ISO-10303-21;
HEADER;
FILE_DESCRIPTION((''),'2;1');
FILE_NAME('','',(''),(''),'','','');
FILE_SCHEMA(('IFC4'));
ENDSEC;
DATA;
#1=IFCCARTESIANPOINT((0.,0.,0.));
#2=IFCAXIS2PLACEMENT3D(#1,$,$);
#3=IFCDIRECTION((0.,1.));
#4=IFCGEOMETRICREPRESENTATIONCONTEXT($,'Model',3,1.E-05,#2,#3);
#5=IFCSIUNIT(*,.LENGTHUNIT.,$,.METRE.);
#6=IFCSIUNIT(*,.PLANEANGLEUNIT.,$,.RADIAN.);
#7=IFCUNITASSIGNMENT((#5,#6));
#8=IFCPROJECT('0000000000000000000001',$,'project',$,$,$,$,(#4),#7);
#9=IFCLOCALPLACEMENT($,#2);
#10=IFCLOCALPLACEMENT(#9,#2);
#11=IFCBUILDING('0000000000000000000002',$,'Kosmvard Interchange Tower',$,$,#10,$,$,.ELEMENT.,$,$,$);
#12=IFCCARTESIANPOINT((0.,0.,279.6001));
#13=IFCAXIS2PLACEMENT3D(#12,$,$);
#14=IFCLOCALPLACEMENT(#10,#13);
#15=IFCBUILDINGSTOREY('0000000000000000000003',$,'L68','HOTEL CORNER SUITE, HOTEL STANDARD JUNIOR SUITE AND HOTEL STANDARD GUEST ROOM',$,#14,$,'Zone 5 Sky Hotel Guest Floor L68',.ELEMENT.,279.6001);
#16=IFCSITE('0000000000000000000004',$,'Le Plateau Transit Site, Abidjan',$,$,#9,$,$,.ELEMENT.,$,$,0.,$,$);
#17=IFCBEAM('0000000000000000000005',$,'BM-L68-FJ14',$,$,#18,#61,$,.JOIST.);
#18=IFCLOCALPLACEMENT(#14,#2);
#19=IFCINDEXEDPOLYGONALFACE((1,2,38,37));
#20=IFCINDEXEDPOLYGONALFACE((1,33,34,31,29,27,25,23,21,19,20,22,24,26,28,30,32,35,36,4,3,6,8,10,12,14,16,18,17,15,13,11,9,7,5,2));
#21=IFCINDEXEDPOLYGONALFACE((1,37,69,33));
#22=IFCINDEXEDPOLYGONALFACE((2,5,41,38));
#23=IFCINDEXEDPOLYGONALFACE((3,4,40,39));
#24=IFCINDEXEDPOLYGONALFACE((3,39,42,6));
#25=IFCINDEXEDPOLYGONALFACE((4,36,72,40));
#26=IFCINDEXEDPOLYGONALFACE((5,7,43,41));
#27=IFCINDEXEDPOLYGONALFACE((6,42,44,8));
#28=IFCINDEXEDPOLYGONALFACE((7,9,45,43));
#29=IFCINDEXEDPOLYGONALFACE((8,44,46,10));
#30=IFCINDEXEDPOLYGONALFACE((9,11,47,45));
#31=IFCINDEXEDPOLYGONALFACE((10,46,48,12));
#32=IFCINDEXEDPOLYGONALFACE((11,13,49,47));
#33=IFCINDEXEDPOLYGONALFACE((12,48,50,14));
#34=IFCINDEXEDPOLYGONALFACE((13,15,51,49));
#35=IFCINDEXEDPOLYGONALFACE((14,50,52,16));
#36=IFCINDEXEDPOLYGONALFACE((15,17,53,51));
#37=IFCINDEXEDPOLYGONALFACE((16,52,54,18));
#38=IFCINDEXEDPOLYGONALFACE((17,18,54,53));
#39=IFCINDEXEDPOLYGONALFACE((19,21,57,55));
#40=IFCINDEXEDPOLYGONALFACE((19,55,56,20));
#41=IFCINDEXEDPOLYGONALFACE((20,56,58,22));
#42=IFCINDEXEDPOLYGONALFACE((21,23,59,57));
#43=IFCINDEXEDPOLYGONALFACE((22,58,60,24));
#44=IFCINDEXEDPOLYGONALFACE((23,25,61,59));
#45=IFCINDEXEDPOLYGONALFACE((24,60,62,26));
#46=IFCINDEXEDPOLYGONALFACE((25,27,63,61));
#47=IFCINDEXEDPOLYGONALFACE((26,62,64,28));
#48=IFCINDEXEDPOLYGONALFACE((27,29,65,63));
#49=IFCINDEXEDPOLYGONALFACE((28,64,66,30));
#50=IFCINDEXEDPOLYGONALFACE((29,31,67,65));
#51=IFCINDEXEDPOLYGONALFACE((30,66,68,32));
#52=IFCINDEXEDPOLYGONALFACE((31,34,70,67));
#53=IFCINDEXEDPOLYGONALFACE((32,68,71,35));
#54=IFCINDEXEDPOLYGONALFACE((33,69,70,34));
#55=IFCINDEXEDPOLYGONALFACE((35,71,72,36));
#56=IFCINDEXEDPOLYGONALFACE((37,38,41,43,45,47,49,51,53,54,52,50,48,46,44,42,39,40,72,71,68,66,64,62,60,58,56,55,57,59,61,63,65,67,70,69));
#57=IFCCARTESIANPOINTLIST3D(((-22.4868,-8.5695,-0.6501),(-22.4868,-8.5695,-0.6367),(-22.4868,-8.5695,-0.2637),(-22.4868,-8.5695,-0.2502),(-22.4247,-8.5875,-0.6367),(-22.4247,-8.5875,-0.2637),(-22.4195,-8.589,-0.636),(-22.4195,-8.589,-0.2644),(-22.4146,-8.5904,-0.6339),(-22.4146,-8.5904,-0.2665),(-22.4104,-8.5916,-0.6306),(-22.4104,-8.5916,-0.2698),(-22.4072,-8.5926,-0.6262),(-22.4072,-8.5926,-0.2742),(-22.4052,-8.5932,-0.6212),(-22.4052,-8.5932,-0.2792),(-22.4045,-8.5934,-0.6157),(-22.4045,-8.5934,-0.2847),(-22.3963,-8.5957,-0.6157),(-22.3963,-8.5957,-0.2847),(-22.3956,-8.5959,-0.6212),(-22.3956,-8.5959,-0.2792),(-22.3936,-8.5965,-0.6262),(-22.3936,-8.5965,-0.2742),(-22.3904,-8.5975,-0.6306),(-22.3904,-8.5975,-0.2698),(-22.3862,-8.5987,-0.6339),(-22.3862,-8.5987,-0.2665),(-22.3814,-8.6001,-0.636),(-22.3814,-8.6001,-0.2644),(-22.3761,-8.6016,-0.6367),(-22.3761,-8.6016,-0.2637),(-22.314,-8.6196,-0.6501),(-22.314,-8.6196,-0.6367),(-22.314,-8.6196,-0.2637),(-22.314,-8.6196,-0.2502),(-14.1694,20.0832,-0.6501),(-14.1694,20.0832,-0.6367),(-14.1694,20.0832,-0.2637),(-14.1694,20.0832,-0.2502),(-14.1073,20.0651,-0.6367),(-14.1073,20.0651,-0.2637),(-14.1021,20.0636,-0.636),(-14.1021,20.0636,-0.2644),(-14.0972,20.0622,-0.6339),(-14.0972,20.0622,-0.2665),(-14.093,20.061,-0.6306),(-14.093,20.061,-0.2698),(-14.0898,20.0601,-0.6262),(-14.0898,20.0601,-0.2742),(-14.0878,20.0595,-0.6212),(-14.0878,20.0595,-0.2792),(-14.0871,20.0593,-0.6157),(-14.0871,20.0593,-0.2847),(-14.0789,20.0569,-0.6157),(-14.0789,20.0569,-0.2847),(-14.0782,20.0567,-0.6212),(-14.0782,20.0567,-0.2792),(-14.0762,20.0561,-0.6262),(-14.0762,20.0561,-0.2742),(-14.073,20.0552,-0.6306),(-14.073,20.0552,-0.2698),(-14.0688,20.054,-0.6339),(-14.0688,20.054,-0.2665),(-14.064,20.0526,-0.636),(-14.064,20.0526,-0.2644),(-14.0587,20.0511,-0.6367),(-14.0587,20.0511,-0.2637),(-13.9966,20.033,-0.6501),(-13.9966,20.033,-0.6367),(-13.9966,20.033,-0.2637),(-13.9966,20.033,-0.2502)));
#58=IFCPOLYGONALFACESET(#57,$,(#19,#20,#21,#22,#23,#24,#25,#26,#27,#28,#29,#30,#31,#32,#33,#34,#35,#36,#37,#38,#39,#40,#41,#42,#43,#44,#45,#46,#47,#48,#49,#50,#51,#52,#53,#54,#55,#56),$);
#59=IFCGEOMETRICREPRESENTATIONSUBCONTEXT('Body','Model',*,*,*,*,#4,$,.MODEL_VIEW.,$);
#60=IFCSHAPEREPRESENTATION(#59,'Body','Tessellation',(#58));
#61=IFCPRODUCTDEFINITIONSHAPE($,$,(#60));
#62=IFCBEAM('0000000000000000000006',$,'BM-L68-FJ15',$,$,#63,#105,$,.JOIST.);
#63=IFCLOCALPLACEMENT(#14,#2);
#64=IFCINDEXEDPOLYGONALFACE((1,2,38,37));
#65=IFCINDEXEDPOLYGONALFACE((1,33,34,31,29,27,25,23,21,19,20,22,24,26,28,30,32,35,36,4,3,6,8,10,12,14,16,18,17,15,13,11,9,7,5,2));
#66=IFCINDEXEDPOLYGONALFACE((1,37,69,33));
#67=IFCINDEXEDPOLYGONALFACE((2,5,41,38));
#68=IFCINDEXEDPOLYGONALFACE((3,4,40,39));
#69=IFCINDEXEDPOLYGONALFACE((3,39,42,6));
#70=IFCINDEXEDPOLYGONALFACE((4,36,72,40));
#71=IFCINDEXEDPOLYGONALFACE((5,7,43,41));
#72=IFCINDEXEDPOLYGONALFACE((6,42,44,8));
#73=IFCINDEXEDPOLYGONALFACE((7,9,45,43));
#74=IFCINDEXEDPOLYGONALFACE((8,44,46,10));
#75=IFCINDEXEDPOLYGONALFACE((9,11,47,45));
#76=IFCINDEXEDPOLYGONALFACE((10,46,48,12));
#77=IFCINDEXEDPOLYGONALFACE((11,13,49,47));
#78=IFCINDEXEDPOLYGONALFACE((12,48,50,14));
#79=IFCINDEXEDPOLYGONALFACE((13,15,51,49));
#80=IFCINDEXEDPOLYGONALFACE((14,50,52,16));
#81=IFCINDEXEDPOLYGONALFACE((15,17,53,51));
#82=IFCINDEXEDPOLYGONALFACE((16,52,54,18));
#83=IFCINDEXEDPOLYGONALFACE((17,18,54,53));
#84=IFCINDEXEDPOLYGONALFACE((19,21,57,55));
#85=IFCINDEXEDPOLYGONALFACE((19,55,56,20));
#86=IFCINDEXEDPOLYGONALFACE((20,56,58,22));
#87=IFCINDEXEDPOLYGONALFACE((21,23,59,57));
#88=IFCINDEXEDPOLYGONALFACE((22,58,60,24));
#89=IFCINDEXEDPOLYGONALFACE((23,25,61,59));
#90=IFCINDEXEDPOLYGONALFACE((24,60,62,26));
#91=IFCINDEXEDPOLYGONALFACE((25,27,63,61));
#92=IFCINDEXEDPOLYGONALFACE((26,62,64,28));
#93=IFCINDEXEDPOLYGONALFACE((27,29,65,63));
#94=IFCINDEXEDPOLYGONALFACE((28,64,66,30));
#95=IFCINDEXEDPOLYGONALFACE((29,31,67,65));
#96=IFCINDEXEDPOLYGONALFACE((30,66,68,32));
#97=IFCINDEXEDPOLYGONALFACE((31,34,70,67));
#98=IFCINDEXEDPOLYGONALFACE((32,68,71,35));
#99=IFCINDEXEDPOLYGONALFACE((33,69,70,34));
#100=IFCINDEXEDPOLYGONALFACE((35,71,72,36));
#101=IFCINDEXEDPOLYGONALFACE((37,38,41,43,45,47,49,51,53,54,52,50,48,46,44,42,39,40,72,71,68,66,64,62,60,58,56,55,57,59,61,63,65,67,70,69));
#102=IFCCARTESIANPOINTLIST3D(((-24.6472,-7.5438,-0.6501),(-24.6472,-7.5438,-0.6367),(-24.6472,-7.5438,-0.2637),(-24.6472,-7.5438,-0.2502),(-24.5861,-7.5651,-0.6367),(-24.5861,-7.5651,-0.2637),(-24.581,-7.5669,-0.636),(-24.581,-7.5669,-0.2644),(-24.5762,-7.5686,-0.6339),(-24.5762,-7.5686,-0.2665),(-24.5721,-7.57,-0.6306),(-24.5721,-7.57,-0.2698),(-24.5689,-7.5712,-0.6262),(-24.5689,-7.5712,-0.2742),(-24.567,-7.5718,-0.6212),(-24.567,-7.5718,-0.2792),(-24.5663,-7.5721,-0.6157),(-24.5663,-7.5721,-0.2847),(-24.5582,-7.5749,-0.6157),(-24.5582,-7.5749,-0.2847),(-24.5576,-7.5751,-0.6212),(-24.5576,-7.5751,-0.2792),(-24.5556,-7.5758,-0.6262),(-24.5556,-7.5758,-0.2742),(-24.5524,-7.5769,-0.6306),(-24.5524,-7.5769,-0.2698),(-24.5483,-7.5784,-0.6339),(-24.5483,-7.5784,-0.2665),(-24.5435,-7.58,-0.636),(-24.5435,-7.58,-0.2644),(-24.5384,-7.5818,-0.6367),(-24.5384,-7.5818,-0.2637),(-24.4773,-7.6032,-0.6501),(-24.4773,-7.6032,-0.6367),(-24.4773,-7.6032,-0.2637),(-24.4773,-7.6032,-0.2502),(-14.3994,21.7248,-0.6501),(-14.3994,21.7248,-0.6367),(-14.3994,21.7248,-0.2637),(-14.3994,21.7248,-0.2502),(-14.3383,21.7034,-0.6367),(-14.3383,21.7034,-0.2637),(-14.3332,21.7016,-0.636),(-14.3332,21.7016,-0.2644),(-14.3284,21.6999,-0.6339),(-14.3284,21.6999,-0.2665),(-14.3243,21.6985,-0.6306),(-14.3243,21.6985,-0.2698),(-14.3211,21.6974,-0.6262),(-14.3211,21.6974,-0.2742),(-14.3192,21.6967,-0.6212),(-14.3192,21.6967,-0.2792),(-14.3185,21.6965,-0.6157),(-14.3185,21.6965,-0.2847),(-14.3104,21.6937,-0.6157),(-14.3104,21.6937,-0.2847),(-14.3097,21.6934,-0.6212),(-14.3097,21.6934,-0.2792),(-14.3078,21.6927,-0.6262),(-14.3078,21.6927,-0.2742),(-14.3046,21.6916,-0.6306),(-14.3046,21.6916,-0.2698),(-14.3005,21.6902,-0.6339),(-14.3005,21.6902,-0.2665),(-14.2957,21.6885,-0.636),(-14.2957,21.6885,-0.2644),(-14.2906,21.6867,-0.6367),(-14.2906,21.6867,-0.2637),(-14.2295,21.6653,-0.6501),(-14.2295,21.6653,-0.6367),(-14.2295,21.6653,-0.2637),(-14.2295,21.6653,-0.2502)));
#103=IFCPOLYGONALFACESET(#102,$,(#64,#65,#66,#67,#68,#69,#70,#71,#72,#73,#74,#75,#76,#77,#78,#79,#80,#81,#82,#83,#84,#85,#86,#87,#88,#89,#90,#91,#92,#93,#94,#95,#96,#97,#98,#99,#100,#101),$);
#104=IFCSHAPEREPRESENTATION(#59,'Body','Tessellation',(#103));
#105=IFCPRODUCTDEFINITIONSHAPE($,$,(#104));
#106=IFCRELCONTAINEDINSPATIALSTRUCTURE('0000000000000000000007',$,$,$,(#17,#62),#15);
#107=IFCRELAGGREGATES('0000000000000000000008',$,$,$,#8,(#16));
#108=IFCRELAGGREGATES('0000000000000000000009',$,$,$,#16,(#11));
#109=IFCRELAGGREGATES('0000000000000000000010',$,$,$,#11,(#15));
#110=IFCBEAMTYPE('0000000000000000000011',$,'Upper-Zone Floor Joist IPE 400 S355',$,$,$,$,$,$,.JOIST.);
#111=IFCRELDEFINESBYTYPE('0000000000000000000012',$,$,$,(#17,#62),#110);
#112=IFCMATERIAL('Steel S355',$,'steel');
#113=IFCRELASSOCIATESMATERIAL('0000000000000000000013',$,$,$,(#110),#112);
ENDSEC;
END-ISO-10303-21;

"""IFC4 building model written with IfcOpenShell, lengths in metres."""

from ifc_helpers import new_model, si_unit, direction, frame, origin, origin_2d, place, context, subcontext, project, spatial, i_section, extrude, source, transform, mapped, material, material_profile, profile_set, type_object, element, save


model = new_model("IFC4")

# Units and contexts
model_context = context("Model", 3, precision=1e-05, world=origin(), true_north=direction((0.0, 1.0)))
body_context = subcontext(model_context, "Body", "Model", "MODEL_VIEW")
ifc_project = project(units=[si_unit("LENGTHUNIT", "METRE"), si_unit("PLANEANGLEUNIT", "RADIAN")], contexts=[model_context])

# Site, building, storey
site_placement = place(None, origin())
site = spatial("IfcSite", under=ifc_project, at=site_placement, Name="Le Plateau Transit Site, Abidjan", CompositionType="ELEMENT", RefElevation=0.0)
building_placement = place(site_placement, origin())
building = spatial("IfcBuilding", under=site, at=building_placement, Name="Kosmvard Interchange Tower", CompositionType="ELEMENT")
storey_placement = place(building_placement, frame((0.0, 0.0, 279.6001)))
storey = spatial("IfcBuildingStorey", under=building, at=storey_placement, Name="L68", Description="HOTEL CORNER SUITE, HOTEL STANDARD JUNIOR SUITE AND HOTEL STANDARD GUEST ROOM", LongName="Zone 5 Sky Hotel Guest Floor L68", CompositionType="ELEMENT", Elevation=279.6001)

# Beams
ifc_material_1 = material(Name="Steel S355", Category="steel")
ifc_material_profile_1 = material_profile(ifc_material_1, i_section(OverallWidth=0.1799, OverallDepth=0.3999, WebThickness=0.0085, FlangeThickness=0.0134, FilletRadius=0.021, at=origin_2d()), Name="IPE 400")
ifc_profile_set_1 = profile_set([ifc_material_profile_1], Name="Steel S355")
beam_type_1 = type_object("IfcBeamType", Name="Upper-Zone Floor Joist IPE 400 S355", PredefinedType="JOIST", material=ifc_profile_set_1)
shared_shape_1 = source(origin(), body_context, "Body", "SweptSolid", [
    extrude(i_section(OverallWidth=0.1799, OverallDepth=0.3999, WebThickness=0.0085, FlangeThickness=0.0134, FilletRadius=0.021, at=origin_2d()), origin(), (0.0, 0.0, 1.0), 29.8354),
])
beam_1_placement = place(storey_placement, frame((-14.083, 20.0581, -0.4502), z_axis=(-0.278776, -0.960356, 0.0), x_axis=(0.960356, -0.278776, 0.0)))
element("IfcBeam", 1, at=beam_1_placement, inside=storey, type_object=beam_type_1, Name="BM-L68-FJ14", PredefinedType="JOIST", context=body_context, shape_type="MappedRepresentation", body=[
    mapped(shared_shape_1, transform((0.0, 0.0, 0.0), scale=1.0)),
])
shared_shape_2 = source(origin(), body_context, "Body", "SweptSolid", [
    extrude(i_section(OverallWidth=0.1799, OverallDepth=0.3999, WebThickness=0.0085, FlangeThickness=0.0134, FilletRadius=0.021, at=origin_2d()), origin(), (0.0, 0.0, 1.0), 31.0107),
])
beam_2_placement = place(storey_placement, frame((-14.3145, 21.6951, -0.4502), z_axis=(-0.33046, -0.94382, 0.0), x_axis=(0.94382, -0.33046, 0.0)))
element("IfcBeam", 2, at=beam_2_placement, inside=storey, type_object=beam_type_1, Name="BM-L68-FJ15", PredefinedType="JOIST", context=body_context, shape_type="MappedRepresentation", body=[
    mapped(shared_shape_2, transform((0.0, 0.0, 0.0), scale=1.0)),
])

save(model, "model.ifc")
